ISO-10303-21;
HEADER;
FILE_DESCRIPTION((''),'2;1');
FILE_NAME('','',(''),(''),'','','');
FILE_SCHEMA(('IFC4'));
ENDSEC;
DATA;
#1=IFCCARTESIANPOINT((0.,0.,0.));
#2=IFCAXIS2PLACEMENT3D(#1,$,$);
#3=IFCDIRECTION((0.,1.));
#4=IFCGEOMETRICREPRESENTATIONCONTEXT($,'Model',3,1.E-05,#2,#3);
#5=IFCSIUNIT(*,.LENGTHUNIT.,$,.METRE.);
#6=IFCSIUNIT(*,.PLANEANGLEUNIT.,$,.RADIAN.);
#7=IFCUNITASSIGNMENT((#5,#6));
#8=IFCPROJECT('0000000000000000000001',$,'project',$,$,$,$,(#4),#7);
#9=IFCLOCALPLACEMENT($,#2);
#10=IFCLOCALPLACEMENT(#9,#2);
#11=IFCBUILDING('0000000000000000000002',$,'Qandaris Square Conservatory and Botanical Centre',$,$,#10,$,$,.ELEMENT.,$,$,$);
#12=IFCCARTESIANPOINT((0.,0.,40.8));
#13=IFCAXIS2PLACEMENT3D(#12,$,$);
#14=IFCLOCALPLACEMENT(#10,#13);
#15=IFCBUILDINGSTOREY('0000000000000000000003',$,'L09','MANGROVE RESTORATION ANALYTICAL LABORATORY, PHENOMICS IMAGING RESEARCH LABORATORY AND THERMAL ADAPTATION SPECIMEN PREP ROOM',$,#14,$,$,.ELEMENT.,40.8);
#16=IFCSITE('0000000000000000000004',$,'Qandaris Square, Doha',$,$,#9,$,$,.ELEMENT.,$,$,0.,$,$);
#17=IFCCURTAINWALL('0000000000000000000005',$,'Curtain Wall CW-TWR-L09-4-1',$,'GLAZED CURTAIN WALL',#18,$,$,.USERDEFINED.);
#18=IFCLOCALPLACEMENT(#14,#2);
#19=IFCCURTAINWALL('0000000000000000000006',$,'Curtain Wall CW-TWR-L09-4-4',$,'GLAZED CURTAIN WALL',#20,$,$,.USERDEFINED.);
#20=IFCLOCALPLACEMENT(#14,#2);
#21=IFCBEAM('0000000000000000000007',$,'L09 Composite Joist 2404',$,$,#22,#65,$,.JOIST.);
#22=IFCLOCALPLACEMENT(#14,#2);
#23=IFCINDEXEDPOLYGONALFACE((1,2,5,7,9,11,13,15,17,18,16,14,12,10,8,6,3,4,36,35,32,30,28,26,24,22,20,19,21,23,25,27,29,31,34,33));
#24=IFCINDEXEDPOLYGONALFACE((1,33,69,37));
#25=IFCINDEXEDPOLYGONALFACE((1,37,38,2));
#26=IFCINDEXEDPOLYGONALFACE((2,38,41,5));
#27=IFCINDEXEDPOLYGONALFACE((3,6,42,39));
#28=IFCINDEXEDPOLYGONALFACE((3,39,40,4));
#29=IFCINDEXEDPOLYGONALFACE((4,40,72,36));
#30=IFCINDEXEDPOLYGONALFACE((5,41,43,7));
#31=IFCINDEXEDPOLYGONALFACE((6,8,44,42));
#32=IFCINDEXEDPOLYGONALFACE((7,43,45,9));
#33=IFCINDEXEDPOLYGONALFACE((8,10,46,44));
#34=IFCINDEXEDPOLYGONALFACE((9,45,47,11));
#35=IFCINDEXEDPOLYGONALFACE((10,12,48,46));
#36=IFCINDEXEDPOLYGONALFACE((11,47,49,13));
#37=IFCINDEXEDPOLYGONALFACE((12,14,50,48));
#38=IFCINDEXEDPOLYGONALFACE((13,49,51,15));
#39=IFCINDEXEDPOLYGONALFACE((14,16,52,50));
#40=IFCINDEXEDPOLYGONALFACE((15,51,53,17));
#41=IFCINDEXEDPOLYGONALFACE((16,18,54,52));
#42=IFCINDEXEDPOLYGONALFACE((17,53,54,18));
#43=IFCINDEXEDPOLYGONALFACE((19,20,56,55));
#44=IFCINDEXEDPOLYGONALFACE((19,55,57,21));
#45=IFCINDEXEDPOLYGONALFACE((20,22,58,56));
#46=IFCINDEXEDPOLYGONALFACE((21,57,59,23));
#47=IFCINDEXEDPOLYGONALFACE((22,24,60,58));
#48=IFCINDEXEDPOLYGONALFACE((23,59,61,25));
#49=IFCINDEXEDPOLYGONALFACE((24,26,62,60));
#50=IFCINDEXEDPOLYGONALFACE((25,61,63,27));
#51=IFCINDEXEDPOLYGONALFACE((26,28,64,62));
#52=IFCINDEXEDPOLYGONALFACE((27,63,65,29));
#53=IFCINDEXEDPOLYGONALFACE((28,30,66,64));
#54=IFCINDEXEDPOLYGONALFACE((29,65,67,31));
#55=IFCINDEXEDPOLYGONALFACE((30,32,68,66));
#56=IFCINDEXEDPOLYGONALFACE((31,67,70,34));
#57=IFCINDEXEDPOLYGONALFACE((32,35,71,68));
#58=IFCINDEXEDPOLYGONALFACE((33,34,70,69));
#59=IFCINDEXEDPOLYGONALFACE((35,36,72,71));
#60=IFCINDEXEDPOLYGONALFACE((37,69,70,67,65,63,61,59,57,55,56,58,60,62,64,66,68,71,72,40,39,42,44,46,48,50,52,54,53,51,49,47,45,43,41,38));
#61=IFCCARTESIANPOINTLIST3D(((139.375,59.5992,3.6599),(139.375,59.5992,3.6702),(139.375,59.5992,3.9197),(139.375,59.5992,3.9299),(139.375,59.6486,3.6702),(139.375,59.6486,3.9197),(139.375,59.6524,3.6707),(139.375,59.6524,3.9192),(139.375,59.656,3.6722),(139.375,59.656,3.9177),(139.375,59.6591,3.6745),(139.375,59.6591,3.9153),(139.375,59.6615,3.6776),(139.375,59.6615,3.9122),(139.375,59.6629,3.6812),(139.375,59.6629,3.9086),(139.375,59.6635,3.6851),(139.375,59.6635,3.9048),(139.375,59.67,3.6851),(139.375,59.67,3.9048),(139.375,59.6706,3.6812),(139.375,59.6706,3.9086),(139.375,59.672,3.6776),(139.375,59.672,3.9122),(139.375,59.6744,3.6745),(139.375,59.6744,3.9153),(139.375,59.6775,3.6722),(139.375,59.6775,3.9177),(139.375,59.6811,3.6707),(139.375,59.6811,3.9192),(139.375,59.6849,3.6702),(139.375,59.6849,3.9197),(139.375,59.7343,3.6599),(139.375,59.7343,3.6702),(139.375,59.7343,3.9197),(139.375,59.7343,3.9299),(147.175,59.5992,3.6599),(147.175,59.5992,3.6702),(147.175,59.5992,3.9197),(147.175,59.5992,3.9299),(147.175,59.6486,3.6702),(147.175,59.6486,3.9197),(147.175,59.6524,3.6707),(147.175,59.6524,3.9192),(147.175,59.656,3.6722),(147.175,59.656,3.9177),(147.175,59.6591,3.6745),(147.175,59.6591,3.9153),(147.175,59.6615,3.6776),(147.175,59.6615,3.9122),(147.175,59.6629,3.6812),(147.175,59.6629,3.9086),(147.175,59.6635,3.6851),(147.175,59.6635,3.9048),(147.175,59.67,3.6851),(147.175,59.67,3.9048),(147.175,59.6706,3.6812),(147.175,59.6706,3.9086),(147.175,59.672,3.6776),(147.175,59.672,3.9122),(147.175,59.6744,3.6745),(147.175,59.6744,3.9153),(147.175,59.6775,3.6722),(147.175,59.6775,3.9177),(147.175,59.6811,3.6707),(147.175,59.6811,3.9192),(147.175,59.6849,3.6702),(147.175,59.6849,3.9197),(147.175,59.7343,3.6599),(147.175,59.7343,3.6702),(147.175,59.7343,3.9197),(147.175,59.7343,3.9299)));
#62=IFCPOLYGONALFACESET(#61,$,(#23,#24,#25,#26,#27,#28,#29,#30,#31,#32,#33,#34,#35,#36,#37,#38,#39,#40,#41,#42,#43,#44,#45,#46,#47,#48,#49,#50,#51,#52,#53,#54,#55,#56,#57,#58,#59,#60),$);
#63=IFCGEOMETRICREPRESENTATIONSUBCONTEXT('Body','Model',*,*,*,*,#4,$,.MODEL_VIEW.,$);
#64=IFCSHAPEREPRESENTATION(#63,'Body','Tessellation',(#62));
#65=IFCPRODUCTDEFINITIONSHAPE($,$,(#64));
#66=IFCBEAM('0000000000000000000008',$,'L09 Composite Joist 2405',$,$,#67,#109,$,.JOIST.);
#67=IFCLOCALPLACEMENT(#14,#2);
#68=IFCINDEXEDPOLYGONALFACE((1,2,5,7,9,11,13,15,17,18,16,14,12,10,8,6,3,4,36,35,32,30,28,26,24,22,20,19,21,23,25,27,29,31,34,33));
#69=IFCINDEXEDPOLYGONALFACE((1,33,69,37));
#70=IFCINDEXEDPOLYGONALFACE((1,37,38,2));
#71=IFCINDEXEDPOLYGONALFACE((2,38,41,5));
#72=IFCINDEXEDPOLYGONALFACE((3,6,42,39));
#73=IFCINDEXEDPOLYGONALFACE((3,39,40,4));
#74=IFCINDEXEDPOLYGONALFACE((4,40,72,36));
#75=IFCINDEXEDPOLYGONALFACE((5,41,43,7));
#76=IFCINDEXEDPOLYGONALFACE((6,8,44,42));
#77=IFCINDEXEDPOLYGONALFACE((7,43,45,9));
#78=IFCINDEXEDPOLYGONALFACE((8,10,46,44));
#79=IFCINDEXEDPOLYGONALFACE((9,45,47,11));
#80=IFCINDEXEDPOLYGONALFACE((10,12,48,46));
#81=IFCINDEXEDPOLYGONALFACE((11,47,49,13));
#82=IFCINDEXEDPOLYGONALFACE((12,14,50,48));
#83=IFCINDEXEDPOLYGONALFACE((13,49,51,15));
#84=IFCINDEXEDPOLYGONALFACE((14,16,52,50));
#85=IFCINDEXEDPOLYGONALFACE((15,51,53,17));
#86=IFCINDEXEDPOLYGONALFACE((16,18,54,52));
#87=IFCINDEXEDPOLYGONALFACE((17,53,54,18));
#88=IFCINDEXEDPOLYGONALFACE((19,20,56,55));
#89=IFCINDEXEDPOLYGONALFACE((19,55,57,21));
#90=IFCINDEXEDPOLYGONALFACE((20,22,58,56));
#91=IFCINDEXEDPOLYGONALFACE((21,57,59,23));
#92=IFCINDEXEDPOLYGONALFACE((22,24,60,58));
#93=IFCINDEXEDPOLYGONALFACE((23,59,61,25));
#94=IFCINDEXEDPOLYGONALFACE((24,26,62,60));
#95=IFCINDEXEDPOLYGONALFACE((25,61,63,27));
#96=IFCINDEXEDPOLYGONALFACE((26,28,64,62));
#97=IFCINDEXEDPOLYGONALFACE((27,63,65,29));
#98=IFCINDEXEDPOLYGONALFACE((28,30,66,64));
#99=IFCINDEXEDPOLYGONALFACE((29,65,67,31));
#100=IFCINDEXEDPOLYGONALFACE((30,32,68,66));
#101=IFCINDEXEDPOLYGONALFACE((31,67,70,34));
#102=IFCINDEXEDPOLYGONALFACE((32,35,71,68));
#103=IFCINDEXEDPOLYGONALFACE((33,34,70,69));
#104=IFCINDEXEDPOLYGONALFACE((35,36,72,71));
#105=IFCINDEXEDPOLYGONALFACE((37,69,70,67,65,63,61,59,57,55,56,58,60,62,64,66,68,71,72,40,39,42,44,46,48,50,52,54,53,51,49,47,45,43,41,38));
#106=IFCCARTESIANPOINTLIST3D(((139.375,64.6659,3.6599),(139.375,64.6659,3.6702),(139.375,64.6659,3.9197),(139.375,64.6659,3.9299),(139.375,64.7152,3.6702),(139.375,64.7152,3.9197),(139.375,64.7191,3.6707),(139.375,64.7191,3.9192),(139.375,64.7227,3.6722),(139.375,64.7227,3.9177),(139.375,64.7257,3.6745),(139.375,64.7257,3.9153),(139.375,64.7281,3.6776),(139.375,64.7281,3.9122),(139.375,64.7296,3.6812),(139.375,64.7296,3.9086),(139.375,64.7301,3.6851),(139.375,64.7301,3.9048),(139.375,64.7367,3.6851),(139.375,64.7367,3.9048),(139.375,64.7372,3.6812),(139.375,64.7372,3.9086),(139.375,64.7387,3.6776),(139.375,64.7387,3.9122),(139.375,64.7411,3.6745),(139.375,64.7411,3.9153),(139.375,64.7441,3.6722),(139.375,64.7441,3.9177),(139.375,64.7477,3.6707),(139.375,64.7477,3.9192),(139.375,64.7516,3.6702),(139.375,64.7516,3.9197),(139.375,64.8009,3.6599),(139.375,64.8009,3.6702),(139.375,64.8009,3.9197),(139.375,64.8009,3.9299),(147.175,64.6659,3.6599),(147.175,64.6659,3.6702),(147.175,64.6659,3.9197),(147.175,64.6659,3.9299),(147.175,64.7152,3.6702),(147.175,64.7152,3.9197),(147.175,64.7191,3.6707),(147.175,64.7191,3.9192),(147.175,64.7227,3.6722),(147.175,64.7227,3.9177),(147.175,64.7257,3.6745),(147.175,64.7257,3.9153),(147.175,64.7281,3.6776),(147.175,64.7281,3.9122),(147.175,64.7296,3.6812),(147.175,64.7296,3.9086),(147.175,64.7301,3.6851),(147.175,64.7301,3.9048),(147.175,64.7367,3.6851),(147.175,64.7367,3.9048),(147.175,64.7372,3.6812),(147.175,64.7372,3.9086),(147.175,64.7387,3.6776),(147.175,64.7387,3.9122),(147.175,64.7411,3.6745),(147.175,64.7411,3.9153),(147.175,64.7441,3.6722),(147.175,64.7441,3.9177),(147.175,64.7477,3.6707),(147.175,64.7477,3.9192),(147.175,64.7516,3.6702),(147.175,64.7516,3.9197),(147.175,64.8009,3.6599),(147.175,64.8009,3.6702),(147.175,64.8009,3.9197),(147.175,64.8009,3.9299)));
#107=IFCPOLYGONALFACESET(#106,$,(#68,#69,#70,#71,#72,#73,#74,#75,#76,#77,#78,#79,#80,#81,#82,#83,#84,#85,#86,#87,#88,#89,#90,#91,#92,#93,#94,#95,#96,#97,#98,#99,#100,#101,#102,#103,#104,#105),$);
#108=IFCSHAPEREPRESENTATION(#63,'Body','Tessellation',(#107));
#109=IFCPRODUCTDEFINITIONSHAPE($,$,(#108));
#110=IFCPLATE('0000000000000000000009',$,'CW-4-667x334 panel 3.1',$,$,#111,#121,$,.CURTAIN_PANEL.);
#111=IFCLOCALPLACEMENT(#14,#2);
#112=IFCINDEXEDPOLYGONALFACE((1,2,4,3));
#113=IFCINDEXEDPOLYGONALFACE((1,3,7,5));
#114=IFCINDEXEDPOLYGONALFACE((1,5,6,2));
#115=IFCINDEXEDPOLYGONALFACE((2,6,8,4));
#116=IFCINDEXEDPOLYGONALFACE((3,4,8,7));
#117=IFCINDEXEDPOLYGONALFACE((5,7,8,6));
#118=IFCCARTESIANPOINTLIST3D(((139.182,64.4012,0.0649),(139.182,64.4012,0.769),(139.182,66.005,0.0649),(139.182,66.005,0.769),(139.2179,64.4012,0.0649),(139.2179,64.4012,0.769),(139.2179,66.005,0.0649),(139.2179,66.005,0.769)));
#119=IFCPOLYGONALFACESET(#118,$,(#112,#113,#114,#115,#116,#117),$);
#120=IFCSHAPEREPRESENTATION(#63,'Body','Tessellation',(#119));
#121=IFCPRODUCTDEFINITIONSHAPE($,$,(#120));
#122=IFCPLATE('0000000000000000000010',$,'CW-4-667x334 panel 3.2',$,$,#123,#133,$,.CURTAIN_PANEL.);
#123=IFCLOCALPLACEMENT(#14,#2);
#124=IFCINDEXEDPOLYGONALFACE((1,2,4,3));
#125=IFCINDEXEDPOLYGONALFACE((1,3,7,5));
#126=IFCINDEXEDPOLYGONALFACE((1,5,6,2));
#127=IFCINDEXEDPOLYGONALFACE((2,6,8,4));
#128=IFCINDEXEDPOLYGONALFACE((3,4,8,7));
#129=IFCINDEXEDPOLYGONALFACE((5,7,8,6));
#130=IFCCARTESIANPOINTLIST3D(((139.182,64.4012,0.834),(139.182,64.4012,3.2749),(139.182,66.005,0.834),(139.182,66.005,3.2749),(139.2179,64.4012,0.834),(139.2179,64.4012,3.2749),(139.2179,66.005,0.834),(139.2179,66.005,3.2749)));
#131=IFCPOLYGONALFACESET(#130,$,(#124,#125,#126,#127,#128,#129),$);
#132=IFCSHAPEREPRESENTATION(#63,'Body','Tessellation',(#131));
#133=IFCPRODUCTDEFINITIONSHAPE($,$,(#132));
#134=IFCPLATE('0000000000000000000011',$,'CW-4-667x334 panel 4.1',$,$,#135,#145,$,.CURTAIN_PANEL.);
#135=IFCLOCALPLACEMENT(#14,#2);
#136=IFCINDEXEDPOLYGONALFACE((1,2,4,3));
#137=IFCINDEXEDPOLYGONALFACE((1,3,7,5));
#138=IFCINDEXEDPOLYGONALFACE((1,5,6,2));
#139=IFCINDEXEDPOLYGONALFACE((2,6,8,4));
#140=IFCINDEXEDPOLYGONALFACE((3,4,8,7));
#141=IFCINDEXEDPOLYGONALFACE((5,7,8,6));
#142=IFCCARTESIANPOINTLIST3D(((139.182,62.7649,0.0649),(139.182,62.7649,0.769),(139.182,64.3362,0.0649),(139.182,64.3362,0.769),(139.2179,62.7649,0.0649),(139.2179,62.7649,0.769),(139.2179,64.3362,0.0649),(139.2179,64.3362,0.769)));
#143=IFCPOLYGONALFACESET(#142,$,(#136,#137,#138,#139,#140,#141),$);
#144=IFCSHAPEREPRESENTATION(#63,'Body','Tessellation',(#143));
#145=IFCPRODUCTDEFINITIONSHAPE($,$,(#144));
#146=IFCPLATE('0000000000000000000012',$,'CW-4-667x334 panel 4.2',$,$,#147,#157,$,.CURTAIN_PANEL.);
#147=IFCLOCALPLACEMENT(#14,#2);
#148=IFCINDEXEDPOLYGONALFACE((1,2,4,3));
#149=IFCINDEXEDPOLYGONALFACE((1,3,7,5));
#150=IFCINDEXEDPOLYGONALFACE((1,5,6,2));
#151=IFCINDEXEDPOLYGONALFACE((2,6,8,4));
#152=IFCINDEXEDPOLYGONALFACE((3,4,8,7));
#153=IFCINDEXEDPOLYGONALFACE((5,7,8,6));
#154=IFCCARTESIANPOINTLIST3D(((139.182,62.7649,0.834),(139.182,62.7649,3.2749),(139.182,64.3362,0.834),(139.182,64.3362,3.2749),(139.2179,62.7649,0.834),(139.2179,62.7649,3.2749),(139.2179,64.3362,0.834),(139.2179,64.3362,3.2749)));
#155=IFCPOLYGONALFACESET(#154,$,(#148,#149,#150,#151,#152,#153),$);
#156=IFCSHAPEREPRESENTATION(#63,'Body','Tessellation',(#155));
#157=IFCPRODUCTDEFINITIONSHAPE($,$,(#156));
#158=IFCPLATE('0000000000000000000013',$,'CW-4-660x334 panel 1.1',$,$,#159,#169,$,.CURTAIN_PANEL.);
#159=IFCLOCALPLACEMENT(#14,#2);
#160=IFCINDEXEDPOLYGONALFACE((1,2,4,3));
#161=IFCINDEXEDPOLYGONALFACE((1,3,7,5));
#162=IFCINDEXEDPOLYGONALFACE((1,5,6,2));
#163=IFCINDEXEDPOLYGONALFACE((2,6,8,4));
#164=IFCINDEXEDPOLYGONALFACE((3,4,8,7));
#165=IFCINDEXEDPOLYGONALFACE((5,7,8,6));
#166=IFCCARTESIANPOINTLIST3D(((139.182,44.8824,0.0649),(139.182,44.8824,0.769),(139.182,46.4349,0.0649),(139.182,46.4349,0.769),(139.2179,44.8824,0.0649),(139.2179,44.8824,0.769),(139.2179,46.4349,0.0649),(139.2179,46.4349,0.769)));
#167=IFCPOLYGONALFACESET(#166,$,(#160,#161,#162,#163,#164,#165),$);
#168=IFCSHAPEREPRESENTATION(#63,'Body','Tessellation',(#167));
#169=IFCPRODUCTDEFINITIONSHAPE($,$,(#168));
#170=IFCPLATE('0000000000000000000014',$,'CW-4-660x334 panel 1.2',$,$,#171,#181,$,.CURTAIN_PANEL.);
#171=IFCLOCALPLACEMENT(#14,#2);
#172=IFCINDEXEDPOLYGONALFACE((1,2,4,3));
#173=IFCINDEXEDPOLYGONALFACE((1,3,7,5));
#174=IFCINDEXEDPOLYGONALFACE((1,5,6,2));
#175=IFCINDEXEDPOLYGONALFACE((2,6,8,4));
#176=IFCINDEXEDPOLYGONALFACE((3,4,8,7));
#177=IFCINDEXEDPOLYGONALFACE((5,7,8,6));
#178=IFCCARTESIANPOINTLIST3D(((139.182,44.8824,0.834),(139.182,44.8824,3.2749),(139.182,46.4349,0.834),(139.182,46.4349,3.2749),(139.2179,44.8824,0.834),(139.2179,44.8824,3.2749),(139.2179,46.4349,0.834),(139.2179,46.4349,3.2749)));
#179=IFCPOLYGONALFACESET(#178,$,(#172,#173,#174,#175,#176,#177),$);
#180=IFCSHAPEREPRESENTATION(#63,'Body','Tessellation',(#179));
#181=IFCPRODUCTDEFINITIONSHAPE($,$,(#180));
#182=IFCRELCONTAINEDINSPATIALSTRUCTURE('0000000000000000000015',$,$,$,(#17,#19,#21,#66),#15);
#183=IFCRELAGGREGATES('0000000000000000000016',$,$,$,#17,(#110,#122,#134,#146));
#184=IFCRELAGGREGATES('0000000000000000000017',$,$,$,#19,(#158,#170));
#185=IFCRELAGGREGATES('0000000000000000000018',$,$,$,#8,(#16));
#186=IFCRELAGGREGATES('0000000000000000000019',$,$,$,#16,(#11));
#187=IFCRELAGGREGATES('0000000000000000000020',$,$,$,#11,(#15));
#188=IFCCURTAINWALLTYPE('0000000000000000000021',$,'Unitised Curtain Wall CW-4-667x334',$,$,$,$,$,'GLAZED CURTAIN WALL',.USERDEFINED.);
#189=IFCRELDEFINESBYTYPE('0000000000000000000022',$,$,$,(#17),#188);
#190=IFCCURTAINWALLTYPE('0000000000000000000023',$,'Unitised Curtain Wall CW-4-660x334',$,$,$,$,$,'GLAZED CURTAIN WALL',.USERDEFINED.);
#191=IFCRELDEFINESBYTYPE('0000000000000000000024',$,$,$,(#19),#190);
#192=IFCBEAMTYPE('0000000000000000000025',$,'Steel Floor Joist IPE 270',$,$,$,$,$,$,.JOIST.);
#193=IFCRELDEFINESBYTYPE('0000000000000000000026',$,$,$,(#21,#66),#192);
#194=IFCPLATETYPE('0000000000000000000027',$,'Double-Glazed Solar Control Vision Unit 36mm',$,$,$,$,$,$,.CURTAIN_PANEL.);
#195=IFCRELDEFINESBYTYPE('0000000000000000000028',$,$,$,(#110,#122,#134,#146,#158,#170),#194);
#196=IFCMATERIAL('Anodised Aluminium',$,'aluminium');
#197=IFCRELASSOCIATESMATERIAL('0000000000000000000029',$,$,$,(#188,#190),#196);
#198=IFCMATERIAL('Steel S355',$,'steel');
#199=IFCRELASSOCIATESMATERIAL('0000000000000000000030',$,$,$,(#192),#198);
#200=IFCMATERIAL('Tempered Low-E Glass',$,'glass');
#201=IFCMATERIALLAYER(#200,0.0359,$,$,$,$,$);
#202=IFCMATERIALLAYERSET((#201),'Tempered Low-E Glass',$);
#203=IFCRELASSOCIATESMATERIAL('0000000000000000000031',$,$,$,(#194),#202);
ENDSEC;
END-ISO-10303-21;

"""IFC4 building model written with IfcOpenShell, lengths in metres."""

from ifc_helpers import new_model, si_unit, direction, frame, origin, origin_2d, place, context, subcontext, project, spatial, rectangle, i_section, extrude, material, layer, layer_set, material_profile, profile_set, type_object, element, aggregate, save


model = new_model("IFC4")

# Units and contexts
model_context = context("Model", 3, precision=1e-05, world=origin(), true_north=direction((0.0, 1.0)))
body_context = subcontext(model_context, "Body", "Model", "MODEL_VIEW")
ifc_project = project(units=[si_unit("LENGTHUNIT", "METRE"), si_unit("PLANEANGLEUNIT", "RADIAN")], contexts=[model_context])

# Site, building, storey
site_placement = place(None, origin())
site = spatial("IfcSite", under=ifc_project, at=site_placement, Name="Qandaris Square, Doha", CompositionType="ELEMENT", RefElevation=0.0)
building_placement = place(site_placement, origin())
building = spatial("IfcBuilding", under=site, at=building_placement, Name="Qandaris Square Conservatory and Botanical Centre", CompositionType="ELEMENT")
storey_placement = place(building_placement, frame((0.0, 0.0, 40.8)))
storey = spatial("IfcBuildingStorey", under=building, at=storey_placement, Name="L09", Description="MANGROVE RESTORATION ANALYTICAL LABORATORY, PHENOMICS IMAGING RESEARCH LABORATORY AND THERMAL ADAPTATION SPECIMEN PREP ROOM", CompositionType="ELEMENT", Elevation=40.8)

# Shared definitions
ifc_material_1 = material(Name="Steel S355", Category="steel")

# Curtain walls
ifc_material_2 = material(Name="Anodised Aluminium", Category="aluminium")
curtain_wall_type_1 = type_object("IfcCurtainWallType", Name="Unitised Curtain Wall CW-4-667x334", ElementType="GLAZED CURTAIN WALL", PredefinedType="USERDEFINED", material=ifc_material_2)
curtain_wall_1_placement = place(storey_placement, origin())
curtain_wall_1 = element("IfcCurtainWall", 1, at=curtain_wall_1_placement, inside=storey, type_object=curtain_wall_type_1, Name="Curtain Wall CW-TWR-L09-4-1", ObjectType="GLAZED CURTAIN WALL", PredefinedType="USERDEFINED")
curtain_wall_type_2 = type_object("IfcCurtainWallType", Name="Unitised Curtain Wall CW-4-660x334", ElementType="GLAZED CURTAIN WALL", PredefinedType="USERDEFINED", material=ifc_material_2)
curtain_wall_2_placement = place(storey_placement, origin())
curtain_wall_2 = element("IfcCurtainWall", 2, at=curtain_wall_2_placement, inside=storey, type_object=curtain_wall_type_2, Name="Curtain Wall CW-TWR-L09-4-4", ObjectType="GLAZED CURTAIN WALL", PredefinedType="USERDEFINED")

# Beams
ifc_material_profile_1 = material_profile(ifc_material_1, i_section(OverallWidth=0.135, OverallDepth=0.27, WebThickness=0.0066, FlangeThickness=0.0103, FilletRadius=0.0149, at=origin_2d()), Name="IPE 270")
ifc_profile_set_1 = profile_set([ifc_material_profile_1], Name="Steel S355")
beam_type_1 = type_object("IfcBeamType", Name="Steel Floor Joist IPE 270", PredefinedType="JOIST", material=ifc_profile_set_1)
for number, where, z_axis, x_axis, name in (
    (3, (139.375, 59.6667, 3.7949), (1.0, 0.0, 0.0), (0.0, 1.0, 0.0), "L09 Composite Joist 2404"),
    (4, (139.375, 64.7334, 3.7949), (1.0, 0.0, 0.0), (0.0, 1.0, 0.0), "L09 Composite Joist 2405"),
):
    element("IfcBeam", number, at=place(storey_placement, frame(where, z_axis=z_axis, x_axis=x_axis)), inside=storey, type_object=beam_type_1, Name=name, PredefinedType="JOIST", context=body_context, shape_type="SweptSolid", body=[
        extrude(i_section(OverallWidth=0.135, OverallDepth=0.27, WebThickness=0.0066, FlangeThickness=0.0103, FilletRadius=0.0149, at=origin_2d()), origin(), (0.0, 0.0, 1.0), 7.8),
    ])

# Plates
ifc_material_3 = material(Name="Tempered Low-E Glass", Category="glass")
ifc_layer_1 = layer(ifc_material_3, 0.0359)
ifc_layer_set_1 = layer_set([ifc_layer_1], Name="Tempered Low-E Glass")
plate_type = type_object("IfcPlateType", Name="Double-Glazed Solar Control Vision Unit 36mm", PredefinedType="CURTAIN_PANEL", material=ifc_layer_set_1)
plate_1_placement = place(storey_placement, frame((139.2, 65.2031, 0.0649), z_axis=(0.0, 0.0, 1.0), x_axis=(0.0, -1.0, 0.0)))
plate_1 = element("IfcPlate", 5, at=plate_1_placement, type_object=plate_type, Name="CW-4-667x334 panel 3.1", PredefinedType="CURTAIN_PANEL", context=body_context, shape_type="SweptSolid", body=[
    extrude(rectangle(XDim=1.6038, YDim=0.0359, at=origin_2d()), origin(), (0.0, 0.0, 1.0), 0.7041),
])
plate_2_placement = place(storey_placement, frame((139.2, 65.2031, 0.834), z_axis=(0.0, 0.0, 1.0), x_axis=(0.0, -1.0, 0.0)))
plate_2 = element("IfcPlate", 6, at=plate_2_placement, type_object=plate_type, Name="CW-4-667x334 panel 3.2", PredefinedType="CURTAIN_PANEL", context=body_context, shape_type="SweptSolid", body=[
    extrude(rectangle(XDim=1.6038, YDim=0.0359, at=origin_2d()), origin(), (0.0, 0.0, 1.0), 2.4409),
])
plate_3_placement = place(storey_placement, frame((139.2, 63.5505, 0.0649), z_axis=(0.0, 0.0, 1.0), x_axis=(0.0, -1.0, 0.0)))
plate_3 = element("IfcPlate", 7, at=plate_3_placement, type_object=plate_type, Name="CW-4-667x334 panel 4.1", PredefinedType="CURTAIN_PANEL", context=body_context, shape_type="SweptSolid", body=[
    extrude(rectangle(XDim=1.5713, YDim=0.0359, at=origin_2d()), origin(), (0.0, 0.0, 1.0), 0.7041),
])
plate_4_placement = place(storey_placement, frame((139.2, 63.5505, 0.834), z_axis=(0.0, 0.0, 1.0), x_axis=(0.0, -1.0, 0.0)))
plate_4 = element("IfcPlate", 8, at=plate_4_placement, type_object=plate_type, Name="CW-4-667x334 panel 4.2", PredefinedType="CURTAIN_PANEL", context=body_context, shape_type="SweptSolid", body=[
    extrude(rectangle(XDim=1.5713, YDim=0.0359, at=origin_2d()), origin(), (0.0, 0.0, 1.0), 2.4409),
])
aggregate(curtain_wall_1, [plate_1, plate_2, plate_3, plate_4])
plate_5_placement = place(storey_placement, frame((139.2, 45.6587, 0.0649), z_axis=(0.0, 0.0, 1.0), x_axis=(0.0, -1.0, 0.0)))
plate_5 = element("IfcPlate", 9, at=plate_5_placement, type_object=plate_type, Name="CW-4-660x334 panel 1.1", PredefinedType="CURTAIN_PANEL", context=body_context, shape_type="SweptSolid", body=[
    extrude(rectangle(XDim=1.5525, YDim=0.0359, at=origin_2d()), origin(), (0.0, 0.0, 1.0), 0.7041),
])
plate_6_placement = place(storey_placement, frame((139.2, 45.6587, 0.834), z_axis=(0.0, 0.0, 1.0), x_axis=(0.0, -1.0, 0.0)))
plate_6 = element("IfcPlate", 10, at=plate_6_placement, type_object=plate_type, Name="CW-4-660x334 panel 1.2", PredefinedType="CURTAIN_PANEL", context=body_context, shape_type="SweptSolid", body=[
    extrude(rectangle(XDim=1.5525, YDim=0.0359, at=origin_2d()), origin(), (0.0, 0.0, 1.0), 2.4409),
])
aggregate(curtain_wall_2, [plate_5, plate_6])

save(model, "model.ifc")
